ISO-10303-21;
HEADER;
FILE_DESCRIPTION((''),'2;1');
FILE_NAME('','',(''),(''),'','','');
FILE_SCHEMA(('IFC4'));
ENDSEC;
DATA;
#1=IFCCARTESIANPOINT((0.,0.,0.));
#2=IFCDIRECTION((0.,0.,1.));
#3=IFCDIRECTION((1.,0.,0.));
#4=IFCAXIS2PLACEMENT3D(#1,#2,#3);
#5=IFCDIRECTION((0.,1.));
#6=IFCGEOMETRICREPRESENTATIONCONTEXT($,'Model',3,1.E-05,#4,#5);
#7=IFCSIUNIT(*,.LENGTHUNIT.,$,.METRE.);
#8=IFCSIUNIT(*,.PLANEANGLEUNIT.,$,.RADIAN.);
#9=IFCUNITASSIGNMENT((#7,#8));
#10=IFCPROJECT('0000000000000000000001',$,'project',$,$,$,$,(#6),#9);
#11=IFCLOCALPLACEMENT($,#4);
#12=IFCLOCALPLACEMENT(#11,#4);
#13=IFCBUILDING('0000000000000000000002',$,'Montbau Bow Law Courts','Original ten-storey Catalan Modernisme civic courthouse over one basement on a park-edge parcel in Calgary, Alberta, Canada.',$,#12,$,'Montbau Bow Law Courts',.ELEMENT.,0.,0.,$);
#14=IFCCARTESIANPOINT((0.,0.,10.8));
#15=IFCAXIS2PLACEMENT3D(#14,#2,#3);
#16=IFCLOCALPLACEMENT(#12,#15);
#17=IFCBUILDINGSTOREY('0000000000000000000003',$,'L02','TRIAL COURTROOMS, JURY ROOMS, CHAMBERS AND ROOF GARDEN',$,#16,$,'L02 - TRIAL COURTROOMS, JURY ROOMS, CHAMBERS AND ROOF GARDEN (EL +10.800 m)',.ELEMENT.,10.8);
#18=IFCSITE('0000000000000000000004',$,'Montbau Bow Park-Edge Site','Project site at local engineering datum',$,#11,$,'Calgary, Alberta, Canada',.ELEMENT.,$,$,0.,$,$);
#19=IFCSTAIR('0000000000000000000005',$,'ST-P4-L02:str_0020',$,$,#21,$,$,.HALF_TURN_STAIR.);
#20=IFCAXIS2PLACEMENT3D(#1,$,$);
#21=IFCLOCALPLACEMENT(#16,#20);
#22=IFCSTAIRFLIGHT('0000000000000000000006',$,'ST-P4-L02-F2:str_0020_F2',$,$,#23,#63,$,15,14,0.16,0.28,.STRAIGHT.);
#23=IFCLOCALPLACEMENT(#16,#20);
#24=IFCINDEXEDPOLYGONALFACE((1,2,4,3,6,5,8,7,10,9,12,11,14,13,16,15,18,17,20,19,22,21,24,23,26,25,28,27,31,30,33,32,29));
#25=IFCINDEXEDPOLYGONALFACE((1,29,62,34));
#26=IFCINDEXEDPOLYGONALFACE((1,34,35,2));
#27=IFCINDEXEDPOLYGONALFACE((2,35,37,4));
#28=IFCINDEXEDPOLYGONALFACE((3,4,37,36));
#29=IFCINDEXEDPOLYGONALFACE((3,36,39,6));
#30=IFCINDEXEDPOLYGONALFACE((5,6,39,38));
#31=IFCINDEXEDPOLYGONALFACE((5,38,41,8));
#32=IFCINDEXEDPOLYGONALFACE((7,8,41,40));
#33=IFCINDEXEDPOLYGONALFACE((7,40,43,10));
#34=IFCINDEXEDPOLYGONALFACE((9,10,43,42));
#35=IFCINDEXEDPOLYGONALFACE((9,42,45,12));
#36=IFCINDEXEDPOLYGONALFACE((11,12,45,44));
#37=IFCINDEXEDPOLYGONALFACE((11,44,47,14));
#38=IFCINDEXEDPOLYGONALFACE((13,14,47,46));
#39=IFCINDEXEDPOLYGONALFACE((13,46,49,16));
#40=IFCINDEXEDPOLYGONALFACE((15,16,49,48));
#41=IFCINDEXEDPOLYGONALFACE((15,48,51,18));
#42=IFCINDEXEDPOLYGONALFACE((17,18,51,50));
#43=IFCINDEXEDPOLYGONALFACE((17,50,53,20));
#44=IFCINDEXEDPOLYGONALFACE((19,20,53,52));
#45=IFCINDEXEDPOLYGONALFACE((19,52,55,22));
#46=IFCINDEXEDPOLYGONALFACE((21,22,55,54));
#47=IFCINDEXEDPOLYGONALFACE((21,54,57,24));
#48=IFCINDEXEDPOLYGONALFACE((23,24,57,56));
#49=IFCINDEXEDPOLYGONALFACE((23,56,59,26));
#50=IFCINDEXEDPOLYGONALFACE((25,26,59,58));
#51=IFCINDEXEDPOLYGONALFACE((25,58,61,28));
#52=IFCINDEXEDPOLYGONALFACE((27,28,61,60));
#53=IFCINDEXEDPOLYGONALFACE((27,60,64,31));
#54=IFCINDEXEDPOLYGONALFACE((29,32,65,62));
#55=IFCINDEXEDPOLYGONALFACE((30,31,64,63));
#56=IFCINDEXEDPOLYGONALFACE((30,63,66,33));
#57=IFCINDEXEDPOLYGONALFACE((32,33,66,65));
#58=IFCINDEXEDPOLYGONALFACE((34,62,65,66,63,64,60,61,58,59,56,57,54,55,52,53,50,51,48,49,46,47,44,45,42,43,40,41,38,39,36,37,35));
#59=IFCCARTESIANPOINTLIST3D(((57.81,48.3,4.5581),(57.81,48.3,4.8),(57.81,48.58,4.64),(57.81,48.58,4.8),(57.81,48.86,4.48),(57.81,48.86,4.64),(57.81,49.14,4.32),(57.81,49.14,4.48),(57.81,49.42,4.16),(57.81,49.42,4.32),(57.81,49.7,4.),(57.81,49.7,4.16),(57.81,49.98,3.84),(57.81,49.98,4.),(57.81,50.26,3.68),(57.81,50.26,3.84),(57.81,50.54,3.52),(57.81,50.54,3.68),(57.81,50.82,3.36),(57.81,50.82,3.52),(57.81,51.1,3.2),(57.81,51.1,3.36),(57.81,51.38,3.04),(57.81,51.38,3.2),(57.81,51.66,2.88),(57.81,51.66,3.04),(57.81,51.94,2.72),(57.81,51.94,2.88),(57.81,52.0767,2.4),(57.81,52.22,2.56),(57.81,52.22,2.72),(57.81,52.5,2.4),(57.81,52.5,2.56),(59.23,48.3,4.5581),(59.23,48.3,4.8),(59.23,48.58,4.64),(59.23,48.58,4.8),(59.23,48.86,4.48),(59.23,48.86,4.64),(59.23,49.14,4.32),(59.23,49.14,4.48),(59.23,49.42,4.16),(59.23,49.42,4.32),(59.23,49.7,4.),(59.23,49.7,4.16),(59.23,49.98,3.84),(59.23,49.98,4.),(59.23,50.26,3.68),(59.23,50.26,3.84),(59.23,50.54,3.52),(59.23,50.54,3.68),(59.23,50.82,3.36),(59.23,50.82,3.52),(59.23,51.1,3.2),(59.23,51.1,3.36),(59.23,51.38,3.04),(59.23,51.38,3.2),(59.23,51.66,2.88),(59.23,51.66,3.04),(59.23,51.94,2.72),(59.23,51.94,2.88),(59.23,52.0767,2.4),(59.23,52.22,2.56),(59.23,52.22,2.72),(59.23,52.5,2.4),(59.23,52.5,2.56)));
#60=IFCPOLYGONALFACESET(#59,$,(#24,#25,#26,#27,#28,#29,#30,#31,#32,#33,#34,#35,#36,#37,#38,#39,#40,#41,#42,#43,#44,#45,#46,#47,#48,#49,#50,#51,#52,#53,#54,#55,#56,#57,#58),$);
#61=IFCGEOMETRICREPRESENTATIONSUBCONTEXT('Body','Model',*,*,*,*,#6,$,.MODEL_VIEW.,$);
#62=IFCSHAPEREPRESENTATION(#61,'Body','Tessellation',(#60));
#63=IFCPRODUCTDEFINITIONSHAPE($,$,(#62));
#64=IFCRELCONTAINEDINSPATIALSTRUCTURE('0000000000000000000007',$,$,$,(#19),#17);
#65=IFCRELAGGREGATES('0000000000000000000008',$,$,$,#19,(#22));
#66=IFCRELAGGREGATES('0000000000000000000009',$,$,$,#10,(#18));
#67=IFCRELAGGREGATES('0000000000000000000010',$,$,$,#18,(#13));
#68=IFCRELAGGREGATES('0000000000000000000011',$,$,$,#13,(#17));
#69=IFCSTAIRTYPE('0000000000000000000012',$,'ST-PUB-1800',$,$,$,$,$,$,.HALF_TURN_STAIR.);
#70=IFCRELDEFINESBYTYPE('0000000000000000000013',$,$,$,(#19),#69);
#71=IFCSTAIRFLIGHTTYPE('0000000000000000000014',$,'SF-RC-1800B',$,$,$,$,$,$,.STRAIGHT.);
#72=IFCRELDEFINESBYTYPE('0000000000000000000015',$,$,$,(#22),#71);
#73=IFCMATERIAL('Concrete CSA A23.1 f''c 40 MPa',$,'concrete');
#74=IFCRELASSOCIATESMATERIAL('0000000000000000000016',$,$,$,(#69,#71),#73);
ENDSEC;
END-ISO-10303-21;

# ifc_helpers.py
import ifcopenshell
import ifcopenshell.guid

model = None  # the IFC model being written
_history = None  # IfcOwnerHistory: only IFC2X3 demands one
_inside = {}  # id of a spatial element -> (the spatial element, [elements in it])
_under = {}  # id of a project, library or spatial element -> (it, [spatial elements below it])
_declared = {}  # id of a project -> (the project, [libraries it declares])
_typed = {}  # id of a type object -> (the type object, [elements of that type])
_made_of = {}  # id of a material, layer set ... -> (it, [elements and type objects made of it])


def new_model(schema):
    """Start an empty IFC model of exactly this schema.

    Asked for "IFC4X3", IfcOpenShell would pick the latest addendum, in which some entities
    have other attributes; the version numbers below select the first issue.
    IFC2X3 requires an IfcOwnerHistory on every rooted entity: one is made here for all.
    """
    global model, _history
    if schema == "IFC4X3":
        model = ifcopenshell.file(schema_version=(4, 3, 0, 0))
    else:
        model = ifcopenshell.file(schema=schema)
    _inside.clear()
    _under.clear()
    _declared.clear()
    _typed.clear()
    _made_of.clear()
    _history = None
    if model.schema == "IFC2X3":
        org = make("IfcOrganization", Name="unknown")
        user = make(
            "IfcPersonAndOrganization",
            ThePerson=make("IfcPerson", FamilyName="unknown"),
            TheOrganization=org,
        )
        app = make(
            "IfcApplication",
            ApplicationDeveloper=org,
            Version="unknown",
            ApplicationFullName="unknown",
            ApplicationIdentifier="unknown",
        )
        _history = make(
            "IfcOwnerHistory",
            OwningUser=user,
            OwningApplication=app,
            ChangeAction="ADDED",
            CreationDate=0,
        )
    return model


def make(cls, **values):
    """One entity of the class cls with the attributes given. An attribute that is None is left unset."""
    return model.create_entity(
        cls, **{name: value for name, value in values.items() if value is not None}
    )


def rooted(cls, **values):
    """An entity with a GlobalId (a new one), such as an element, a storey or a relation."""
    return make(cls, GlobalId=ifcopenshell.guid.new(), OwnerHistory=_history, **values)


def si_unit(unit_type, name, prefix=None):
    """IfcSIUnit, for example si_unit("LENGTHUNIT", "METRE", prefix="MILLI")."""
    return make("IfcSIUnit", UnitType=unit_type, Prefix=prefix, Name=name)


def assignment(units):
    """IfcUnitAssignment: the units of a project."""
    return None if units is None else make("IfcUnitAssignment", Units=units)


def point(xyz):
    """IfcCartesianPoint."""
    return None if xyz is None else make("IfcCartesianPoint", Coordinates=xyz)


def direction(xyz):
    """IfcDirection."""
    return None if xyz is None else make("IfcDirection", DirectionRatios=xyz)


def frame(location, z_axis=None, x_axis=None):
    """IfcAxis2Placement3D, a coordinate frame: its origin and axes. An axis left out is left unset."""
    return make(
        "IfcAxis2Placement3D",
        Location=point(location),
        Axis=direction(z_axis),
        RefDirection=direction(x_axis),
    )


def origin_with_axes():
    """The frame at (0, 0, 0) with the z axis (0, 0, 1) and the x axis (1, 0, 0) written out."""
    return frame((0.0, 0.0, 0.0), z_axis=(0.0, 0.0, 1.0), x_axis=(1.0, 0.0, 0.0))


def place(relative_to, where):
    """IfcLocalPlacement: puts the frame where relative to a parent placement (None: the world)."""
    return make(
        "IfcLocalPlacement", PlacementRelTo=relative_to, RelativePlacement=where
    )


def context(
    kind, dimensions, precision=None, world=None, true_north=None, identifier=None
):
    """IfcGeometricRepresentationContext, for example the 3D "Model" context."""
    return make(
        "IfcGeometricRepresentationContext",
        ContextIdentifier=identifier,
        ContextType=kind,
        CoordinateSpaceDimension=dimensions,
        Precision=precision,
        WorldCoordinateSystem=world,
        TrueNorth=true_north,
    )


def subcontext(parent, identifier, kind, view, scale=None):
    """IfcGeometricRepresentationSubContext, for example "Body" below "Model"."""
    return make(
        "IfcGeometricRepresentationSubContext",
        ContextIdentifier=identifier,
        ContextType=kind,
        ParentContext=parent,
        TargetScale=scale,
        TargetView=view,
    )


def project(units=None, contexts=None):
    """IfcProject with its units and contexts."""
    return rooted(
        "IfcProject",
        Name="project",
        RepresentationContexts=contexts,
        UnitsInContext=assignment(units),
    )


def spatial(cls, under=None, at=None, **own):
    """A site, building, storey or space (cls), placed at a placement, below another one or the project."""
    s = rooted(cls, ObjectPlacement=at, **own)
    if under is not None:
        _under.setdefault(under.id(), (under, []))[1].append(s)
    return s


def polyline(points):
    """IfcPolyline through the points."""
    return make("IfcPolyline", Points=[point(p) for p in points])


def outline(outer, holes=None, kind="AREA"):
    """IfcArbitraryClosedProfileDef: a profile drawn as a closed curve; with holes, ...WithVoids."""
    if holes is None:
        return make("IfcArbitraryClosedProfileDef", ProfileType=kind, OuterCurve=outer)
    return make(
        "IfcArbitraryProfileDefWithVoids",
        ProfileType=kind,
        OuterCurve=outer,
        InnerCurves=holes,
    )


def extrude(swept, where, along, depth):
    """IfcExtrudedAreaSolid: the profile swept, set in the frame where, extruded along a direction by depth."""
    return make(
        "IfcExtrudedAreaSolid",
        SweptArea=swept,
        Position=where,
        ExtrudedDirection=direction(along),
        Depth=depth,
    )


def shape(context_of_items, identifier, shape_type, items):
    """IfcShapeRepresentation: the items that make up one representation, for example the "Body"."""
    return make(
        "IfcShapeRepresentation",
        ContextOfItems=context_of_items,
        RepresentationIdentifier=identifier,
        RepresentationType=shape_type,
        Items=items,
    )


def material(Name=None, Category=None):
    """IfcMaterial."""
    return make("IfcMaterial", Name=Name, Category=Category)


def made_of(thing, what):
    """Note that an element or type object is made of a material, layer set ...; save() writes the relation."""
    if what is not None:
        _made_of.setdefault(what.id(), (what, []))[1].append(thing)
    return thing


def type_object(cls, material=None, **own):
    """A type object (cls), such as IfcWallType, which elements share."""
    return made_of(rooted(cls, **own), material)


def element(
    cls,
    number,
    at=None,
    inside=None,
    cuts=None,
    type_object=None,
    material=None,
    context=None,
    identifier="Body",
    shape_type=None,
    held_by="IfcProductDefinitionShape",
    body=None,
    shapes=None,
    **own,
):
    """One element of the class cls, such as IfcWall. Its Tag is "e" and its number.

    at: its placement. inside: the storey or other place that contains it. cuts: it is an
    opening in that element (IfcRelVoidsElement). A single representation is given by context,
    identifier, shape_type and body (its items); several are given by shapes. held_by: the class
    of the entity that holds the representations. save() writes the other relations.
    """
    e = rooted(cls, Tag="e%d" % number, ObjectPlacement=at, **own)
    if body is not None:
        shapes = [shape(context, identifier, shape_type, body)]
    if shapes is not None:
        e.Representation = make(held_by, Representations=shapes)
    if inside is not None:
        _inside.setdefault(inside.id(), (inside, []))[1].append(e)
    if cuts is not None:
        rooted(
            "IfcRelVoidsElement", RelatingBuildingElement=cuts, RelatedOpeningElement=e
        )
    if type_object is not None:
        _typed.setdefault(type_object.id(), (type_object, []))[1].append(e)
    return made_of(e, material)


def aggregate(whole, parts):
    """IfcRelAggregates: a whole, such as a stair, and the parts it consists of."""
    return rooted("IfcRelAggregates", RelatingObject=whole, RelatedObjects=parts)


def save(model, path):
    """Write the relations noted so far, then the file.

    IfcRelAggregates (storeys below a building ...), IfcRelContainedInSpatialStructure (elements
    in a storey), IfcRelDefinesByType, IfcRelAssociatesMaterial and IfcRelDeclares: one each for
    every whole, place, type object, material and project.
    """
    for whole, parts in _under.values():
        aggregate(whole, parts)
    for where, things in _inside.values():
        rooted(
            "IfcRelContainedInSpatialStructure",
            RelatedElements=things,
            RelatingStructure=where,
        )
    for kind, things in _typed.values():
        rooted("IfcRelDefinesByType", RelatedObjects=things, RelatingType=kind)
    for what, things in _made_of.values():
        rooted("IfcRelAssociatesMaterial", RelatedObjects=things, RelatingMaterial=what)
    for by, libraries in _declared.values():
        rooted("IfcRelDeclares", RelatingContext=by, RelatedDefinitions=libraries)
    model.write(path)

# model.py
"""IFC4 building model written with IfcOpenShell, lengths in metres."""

from ifc_helpers import new_model, si_unit, direction, frame, origin_with_axes, place, context, subcontext, project, spatial, polyline, outline, extrude, material, type_object, element, aggregate, save


model = new_model("IFC4")

# Units and contexts
model_context = context("Model", 3, precision=1e-05, world=origin_with_axes(), true_north=direction((0.0, 1.0)))
body_context = subcontext(model_context, "Body", "Model", "MODEL_VIEW")
ifc_project = project(units=[si_unit("LENGTHUNIT", "METRE"), si_unit("PLANEANGLEUNIT", "RADIAN")], contexts=[model_context])

# Site, building, storey
site_placement = place(None, origin_with_axes())
site = spatial("IfcSite", under=ifc_project, at=site_placement, Name="Montbau Bow Park-Edge Site", Description="Project site at local engineering datum", LongName="Calgary, Alberta, Canada", CompositionType="ELEMENT", RefElevation=0.0)
building_placement = place(site_placement, origin_with_axes())
building = spatial("IfcBuilding", under=site, at=building_placement, Name="Montbau Bow Law Courts", Description="Original ten-storey Catalan Modernisme civic courthouse over one basement on a park-edge parcel in Calgary, Alberta, Canada.", LongName="Montbau Bow Law Courts", CompositionType="ELEMENT", ElevationOfRefHeight=0.0, ElevationOfTerrain=0.0)
storey_placement = place(building_placement, frame((0.0, 0.0, 10.8), z_axis=(0.0, 0.0, 1.0), x_axis=(1.0, 0.0, 0.0)))
storey = spatial("IfcBuildingStorey", under=building, at=storey_placement, Name="L02", Description="TRIAL COURTROOMS, JURY ROOMS, CHAMBERS AND ROOF GARDEN", LongName="L02 - TRIAL COURTROOMS, JURY ROOMS, CHAMBERS AND ROOF GARDEN (EL +10.800 m)", CompositionType="ELEMENT", Elevation=10.8)

# Stair, stair flight
ifc_material_1 = material(Name="Concrete CSA A23.1 f'c 40 MPa", Category="concrete")
stair_type = type_object("IfcStairType", Name="ST-PUB-1800", PredefinedType="HALF_TURN_STAIR", material=ifc_material_1)
stair_placement = place(None, frame((56.73, 48.3, 10.8), z_axis=(0.0, 0.0, 1.0), x_axis=(1.0, 0.0, 0.0)))
stair = element("IfcStair", 1, at=stair_placement, inside=storey, type_object=stair_type, Name="ST-P4-L02:str_0020", PredefinedType="HALF_TURN_STAIR")
stair_flight_type = type_object("IfcStairFlightType", Name="SF-RC-1800B", PredefinedType="STRAIGHT", material=ifc_material_1)
stair_flight_1_placement = place(None, frame((58.52, 52.5, 13.2), z_axis=(0.0, 0.0, 1.0), x_axis=(0.0, -1.0, 0.0)))
stair_flight_1 = element("IfcStairFlight", 2, at=stair_flight_1_placement, type_object=stair_flight_type, Name="ST-P4-L02-F2:str_0020_F2", NumberOfRisers=15, NumberOfTreads=14, PredefinedType="STRAIGHT", RiserHeight=0.16, TreadLength=0.28, context=body_context, shape_type="SweptSolid", body=[
    extrude(outline(polyline([(0.0, 0.0), (0.0, 0.16), (0.28, 0.16), (0.28, 0.32), (0.56, 0.32), (0.56, 0.48), (0.84, 0.48), (0.84, 0.64), (1.12, 0.64), (1.12, 0.8), (1.4, 0.8), (1.4, 0.96), (1.68, 0.96), (1.68, 1.12), (1.96, 1.12), (1.96, 1.28), (2.24, 1.28), (2.24, 1.44), (2.52, 1.44), (2.52, 1.6), (2.8, 1.6), (2.8, 1.76), (3.08, 1.76), (3.08, 1.92), (3.36, 1.92), (3.36, 2.08), (3.64, 2.08), (3.64, 2.24), (3.92, 2.24), (3.92, 2.4), (4.2, 2.4), (4.2, 2.1581), (0.4233, 0.0), (0.0, 0.0)])), frame((0.0, 0.71, 0.0), z_axis=(0.0, -1.0, 0.0), x_axis=(1.0, 0.0, 0.0)), (0.0, 0.0, 1.0), 1.42),
])
aggregate(stair, [stair_flight_1])

save(model, "model.ifc")
